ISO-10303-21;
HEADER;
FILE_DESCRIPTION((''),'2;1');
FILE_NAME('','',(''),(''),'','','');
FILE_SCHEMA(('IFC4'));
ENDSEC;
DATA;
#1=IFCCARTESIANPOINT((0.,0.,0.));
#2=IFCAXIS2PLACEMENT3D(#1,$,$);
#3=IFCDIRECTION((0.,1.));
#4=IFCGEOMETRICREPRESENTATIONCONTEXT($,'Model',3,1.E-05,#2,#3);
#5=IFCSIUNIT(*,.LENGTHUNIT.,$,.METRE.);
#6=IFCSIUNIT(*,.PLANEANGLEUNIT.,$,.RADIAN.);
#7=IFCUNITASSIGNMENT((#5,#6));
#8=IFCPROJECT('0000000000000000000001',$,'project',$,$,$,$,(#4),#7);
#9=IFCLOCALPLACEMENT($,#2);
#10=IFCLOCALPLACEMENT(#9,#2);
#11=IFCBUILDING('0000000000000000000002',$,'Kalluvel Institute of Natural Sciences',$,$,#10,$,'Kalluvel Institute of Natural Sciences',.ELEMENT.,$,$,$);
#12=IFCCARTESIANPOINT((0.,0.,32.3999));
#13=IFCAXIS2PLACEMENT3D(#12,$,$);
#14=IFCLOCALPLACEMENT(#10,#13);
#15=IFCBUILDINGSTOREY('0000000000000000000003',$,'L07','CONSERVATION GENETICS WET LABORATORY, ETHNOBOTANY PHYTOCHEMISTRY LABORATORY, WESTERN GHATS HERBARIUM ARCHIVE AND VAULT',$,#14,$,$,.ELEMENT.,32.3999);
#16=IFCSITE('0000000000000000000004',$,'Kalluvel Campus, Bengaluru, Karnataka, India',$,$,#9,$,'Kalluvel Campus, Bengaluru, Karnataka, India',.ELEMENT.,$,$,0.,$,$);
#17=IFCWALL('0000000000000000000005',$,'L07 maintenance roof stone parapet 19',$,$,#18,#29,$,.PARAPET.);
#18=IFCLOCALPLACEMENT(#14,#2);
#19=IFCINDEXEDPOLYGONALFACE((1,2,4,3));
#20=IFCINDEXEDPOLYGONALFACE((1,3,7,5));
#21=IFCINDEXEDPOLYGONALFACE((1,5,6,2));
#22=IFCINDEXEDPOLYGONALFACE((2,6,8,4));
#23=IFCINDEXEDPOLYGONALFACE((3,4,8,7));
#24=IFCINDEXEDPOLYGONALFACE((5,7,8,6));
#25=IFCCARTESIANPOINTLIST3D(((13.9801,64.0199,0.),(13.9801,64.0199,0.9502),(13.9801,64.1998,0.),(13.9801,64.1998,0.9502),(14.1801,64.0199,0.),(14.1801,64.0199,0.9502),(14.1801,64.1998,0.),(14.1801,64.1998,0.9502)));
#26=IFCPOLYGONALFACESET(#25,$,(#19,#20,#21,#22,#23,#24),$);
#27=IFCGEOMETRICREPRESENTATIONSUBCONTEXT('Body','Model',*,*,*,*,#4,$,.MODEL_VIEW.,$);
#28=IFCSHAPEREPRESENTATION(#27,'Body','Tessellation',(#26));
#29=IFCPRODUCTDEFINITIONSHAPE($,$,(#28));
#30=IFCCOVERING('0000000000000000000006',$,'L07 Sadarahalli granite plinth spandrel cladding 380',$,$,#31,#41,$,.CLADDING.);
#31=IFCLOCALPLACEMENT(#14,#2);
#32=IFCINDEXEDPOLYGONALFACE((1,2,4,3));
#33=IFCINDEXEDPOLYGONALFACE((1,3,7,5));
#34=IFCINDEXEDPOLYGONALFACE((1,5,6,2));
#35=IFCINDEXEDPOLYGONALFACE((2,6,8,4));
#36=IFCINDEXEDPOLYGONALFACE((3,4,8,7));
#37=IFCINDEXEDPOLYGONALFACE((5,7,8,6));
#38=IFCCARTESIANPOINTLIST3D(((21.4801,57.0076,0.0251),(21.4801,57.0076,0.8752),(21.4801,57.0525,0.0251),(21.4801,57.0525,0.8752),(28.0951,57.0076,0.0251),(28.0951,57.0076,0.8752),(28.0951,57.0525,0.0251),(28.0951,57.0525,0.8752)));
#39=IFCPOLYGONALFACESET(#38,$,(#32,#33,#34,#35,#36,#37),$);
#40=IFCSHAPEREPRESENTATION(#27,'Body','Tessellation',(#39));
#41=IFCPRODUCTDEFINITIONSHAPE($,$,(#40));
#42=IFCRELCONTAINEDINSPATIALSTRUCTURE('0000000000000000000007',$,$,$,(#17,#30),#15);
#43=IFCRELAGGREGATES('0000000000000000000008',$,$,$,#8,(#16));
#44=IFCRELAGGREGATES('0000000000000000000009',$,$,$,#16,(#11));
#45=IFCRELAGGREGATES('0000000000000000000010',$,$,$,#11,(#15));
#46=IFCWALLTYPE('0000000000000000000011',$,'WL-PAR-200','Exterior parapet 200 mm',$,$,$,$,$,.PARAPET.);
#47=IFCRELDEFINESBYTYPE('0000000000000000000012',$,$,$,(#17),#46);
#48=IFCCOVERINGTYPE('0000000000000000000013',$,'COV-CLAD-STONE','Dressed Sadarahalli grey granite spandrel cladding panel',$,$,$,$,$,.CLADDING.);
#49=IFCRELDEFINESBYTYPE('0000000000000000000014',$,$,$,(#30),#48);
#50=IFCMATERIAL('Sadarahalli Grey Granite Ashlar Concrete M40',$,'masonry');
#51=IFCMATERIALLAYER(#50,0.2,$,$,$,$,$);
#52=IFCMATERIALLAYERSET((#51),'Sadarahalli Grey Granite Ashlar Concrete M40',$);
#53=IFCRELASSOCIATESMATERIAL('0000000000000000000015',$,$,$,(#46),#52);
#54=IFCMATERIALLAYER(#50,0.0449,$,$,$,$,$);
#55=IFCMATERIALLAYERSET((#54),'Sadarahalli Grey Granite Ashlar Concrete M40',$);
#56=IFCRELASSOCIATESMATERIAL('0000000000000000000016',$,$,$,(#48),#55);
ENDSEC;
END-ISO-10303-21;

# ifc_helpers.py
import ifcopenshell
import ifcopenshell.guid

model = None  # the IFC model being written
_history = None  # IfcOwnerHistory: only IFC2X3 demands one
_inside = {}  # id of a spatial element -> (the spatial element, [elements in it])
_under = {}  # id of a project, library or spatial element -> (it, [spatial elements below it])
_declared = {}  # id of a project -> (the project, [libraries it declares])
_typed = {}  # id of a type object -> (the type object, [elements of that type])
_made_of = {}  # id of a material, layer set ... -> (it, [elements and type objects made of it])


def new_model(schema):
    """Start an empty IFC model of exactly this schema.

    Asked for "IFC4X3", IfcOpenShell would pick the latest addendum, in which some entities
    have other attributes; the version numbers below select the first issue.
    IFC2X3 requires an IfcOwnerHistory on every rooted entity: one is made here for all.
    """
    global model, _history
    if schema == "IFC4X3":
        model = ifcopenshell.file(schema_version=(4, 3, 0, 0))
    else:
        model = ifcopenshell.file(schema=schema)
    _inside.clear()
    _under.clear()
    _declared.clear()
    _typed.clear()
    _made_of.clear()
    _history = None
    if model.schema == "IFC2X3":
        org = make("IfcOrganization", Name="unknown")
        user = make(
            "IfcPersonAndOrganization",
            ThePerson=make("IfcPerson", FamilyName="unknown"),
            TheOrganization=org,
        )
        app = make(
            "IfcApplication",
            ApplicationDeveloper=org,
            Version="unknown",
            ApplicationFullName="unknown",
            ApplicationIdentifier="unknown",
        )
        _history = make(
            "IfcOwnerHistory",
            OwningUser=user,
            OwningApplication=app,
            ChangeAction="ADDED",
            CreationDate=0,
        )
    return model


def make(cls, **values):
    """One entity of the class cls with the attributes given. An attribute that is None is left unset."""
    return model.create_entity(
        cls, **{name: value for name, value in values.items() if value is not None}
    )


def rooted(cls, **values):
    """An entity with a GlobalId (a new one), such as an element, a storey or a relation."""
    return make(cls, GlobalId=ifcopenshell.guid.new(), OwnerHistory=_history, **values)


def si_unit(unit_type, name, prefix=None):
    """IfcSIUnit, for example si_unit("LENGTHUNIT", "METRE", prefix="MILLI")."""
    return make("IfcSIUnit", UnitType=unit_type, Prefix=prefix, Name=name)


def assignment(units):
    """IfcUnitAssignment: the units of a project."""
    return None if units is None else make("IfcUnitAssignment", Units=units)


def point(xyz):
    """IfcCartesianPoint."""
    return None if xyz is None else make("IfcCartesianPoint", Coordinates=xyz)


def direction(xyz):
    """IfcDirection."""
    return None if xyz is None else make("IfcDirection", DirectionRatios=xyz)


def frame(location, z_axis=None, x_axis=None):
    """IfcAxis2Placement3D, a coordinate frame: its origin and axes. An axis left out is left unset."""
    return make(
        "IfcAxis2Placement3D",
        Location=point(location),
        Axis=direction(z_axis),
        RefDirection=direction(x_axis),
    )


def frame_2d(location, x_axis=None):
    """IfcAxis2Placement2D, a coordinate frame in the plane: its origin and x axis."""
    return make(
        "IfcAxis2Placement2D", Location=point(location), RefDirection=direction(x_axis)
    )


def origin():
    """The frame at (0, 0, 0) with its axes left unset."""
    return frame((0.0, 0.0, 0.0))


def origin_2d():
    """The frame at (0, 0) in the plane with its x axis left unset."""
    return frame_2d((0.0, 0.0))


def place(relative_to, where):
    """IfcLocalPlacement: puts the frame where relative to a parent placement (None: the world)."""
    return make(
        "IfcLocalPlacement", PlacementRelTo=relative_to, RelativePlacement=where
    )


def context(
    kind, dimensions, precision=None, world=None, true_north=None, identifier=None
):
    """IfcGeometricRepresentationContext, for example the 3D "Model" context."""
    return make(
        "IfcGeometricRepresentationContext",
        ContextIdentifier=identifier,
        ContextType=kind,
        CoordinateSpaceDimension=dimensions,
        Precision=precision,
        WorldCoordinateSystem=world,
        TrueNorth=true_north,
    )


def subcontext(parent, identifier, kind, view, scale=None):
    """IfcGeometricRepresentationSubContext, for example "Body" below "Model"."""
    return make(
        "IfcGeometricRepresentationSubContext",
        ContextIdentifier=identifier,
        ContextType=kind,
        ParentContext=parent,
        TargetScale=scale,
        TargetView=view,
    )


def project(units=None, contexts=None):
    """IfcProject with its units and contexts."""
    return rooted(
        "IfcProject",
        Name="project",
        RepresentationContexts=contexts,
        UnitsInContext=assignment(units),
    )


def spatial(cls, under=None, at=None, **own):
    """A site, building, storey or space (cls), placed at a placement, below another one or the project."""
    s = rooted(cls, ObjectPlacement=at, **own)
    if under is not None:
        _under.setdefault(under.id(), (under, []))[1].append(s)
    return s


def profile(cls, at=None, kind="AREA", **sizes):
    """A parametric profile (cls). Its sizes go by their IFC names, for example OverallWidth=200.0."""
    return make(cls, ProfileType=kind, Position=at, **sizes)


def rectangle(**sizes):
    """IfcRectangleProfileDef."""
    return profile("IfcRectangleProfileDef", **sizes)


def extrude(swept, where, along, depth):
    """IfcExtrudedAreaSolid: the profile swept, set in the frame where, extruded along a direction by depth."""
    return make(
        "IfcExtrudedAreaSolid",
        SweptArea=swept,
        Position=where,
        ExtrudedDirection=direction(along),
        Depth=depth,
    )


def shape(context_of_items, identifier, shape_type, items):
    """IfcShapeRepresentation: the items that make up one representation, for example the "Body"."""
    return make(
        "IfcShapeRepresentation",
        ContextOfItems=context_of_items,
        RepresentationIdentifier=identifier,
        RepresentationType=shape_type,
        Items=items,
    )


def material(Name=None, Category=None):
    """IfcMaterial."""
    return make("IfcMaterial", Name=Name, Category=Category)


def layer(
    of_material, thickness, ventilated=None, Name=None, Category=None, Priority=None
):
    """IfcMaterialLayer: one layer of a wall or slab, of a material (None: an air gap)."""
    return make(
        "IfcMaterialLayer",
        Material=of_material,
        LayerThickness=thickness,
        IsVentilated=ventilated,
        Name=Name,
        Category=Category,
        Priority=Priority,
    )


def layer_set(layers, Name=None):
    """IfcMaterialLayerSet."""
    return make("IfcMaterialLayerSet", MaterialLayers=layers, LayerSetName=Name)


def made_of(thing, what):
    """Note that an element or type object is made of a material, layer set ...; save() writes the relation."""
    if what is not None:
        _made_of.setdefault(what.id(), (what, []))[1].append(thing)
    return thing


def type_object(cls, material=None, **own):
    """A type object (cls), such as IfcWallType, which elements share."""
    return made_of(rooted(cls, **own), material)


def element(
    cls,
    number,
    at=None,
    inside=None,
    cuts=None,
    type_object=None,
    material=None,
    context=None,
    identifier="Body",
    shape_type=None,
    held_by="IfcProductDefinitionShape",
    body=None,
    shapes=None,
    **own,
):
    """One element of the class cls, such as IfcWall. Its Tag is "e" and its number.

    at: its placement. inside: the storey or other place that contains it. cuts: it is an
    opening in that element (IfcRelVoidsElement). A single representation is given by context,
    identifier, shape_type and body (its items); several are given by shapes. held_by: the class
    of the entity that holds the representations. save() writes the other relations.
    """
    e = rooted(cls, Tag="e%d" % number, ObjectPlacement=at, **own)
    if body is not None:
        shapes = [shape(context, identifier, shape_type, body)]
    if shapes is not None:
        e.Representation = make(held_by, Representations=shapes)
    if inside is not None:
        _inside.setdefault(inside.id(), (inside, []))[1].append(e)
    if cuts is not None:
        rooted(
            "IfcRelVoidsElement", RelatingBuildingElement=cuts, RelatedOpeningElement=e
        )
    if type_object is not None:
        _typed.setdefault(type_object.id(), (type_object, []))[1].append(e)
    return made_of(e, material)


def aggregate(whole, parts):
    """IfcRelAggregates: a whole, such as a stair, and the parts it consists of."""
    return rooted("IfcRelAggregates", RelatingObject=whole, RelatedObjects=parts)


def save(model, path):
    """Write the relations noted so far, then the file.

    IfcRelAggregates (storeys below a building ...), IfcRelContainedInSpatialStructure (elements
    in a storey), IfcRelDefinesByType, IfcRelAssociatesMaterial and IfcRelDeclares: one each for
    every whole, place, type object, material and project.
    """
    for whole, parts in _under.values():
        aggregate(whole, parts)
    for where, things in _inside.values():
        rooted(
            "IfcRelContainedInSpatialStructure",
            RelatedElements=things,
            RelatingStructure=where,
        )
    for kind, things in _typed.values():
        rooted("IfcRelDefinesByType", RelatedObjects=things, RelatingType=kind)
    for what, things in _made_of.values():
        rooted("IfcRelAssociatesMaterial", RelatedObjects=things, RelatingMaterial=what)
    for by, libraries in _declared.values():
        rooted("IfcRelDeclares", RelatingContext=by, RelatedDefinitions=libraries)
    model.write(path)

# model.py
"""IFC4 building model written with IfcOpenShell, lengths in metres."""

from ifc_helpers import new_model, si_unit, direction, frame, frame_2d, origin, origin_2d, place, context, subcontext, project, spatial, rectangle, extrude, material, layer, layer_set, type_object, element, save


model = new_model("IFC4")

# Units and contexts
model_context = context("Model", 3, precision=1e-05, world=origin(), true_north=direction((0.0, 1.0)))
body_context = subcontext(model_context, "Body", "Model", "MODEL_VIEW")
ifc_project = project(units=[si_unit("LENGTHUNIT", "METRE"), si_unit("PLANEANGLEUNIT", "RADIAN")], contexts=[model_context])

# Site, building, storey
site_placement = place(None, origin())
site = spatial("IfcSite", under=ifc_project, at=site_placement, Name="Kalluvel Campus, Bengaluru, Karnataka, India", LongName="Kalluvel Campus, Bengaluru, Karnataka, India", CompositionType="ELEMENT", RefElevation=0.0)
building_placement = place(site_placement, origin())
building = spatial("IfcBuilding", under=site, at=building_placement, Name="Kalluvel Institute of Natural Sciences", LongName="Kalluvel Institute of Natural Sciences", CompositionType="ELEMENT")
storey_placement = place(building_placement, frame((0.0, 0.0, 32.3999)))
storey = spatial("IfcBuildingStorey", under=building, at=storey_placement, Name="L07", Description="CONSERVATION GENETICS WET LABORATORY, ETHNOBOTANY PHYTOCHEMISTRY LABORATORY, WESTERN GHATS HERBARIUM ARCHIVE AND VAULT", CompositionType="ELEMENT", Elevation=32.3999)

# Wall
ifc_material_1 = material(Name="Sadarahalli Grey Granite Ashlar Concrete M40", Category="masonry")
ifc_layer_1 = layer(ifc_material_1, 0.2)
ifc_layer_set_1 = layer_set([ifc_layer_1], Name="Sadarahalli Grey Granite Ashlar Concrete M40")
wall_type_1 = type_object("IfcWallType", Name="WL-PAR-200", Description="Exterior parapet 200 mm", PredefinedType="PARAPET", material=ifc_layer_set_1)
wall_1_placement = place(storey_placement, frame((14.0801, 64.02, 0.0), z_axis=(0.0, 0.0, 1.0), x_axis=(0.0, 1.0, 0.0)))
element("IfcWall", 1, at=wall_1_placement, inside=storey, type_object=wall_type_1, Name="L07 maintenance roof stone parapet 19", PredefinedType="PARAPET", context=body_context, shape_type="SweptSolid", body=[
    extrude(rectangle(XDim=0.1799, YDim=0.2, at=frame_2d((0.0898, 0.0))), origin(), (0.0, 0.0, 1.0), 0.9502),
])

# Covering
ifc_layer_2 = layer(ifc_material_1, 0.0449)
ifc_layer_set_2 = layer_set([ifc_layer_2], Name="Sadarahalli Grey Granite Ashlar Concrete M40")
covering_type = type_object("IfcCoveringType", Name="COV-CLAD-STONE", Description="Dressed Sadarahalli grey granite spandrel cladding panel", PredefinedType="CLADDING", material=ifc_layer_set_2)
covering_placement = place(storey_placement, frame((24.7876, 57.03, 0.0251), z_axis=(0.0, 0.0, 1.0), x_axis=(1.0, 0.0, 0.0)))
element("IfcCovering", 2, at=covering_placement, inside=storey, type_object=covering_type, Name="L07 Sadarahalli granite plinth spandrel cladding 380", PredefinedType="CLADDING", context=body_context, shape_type="SweptSolid", body=[
    extrude(rectangle(XDim=6.615, YDim=0.0449, at=origin_2d()), origin(), (0.0, 0.0, 1.0), 0.8501),
])

save(model, "model.ifc")
